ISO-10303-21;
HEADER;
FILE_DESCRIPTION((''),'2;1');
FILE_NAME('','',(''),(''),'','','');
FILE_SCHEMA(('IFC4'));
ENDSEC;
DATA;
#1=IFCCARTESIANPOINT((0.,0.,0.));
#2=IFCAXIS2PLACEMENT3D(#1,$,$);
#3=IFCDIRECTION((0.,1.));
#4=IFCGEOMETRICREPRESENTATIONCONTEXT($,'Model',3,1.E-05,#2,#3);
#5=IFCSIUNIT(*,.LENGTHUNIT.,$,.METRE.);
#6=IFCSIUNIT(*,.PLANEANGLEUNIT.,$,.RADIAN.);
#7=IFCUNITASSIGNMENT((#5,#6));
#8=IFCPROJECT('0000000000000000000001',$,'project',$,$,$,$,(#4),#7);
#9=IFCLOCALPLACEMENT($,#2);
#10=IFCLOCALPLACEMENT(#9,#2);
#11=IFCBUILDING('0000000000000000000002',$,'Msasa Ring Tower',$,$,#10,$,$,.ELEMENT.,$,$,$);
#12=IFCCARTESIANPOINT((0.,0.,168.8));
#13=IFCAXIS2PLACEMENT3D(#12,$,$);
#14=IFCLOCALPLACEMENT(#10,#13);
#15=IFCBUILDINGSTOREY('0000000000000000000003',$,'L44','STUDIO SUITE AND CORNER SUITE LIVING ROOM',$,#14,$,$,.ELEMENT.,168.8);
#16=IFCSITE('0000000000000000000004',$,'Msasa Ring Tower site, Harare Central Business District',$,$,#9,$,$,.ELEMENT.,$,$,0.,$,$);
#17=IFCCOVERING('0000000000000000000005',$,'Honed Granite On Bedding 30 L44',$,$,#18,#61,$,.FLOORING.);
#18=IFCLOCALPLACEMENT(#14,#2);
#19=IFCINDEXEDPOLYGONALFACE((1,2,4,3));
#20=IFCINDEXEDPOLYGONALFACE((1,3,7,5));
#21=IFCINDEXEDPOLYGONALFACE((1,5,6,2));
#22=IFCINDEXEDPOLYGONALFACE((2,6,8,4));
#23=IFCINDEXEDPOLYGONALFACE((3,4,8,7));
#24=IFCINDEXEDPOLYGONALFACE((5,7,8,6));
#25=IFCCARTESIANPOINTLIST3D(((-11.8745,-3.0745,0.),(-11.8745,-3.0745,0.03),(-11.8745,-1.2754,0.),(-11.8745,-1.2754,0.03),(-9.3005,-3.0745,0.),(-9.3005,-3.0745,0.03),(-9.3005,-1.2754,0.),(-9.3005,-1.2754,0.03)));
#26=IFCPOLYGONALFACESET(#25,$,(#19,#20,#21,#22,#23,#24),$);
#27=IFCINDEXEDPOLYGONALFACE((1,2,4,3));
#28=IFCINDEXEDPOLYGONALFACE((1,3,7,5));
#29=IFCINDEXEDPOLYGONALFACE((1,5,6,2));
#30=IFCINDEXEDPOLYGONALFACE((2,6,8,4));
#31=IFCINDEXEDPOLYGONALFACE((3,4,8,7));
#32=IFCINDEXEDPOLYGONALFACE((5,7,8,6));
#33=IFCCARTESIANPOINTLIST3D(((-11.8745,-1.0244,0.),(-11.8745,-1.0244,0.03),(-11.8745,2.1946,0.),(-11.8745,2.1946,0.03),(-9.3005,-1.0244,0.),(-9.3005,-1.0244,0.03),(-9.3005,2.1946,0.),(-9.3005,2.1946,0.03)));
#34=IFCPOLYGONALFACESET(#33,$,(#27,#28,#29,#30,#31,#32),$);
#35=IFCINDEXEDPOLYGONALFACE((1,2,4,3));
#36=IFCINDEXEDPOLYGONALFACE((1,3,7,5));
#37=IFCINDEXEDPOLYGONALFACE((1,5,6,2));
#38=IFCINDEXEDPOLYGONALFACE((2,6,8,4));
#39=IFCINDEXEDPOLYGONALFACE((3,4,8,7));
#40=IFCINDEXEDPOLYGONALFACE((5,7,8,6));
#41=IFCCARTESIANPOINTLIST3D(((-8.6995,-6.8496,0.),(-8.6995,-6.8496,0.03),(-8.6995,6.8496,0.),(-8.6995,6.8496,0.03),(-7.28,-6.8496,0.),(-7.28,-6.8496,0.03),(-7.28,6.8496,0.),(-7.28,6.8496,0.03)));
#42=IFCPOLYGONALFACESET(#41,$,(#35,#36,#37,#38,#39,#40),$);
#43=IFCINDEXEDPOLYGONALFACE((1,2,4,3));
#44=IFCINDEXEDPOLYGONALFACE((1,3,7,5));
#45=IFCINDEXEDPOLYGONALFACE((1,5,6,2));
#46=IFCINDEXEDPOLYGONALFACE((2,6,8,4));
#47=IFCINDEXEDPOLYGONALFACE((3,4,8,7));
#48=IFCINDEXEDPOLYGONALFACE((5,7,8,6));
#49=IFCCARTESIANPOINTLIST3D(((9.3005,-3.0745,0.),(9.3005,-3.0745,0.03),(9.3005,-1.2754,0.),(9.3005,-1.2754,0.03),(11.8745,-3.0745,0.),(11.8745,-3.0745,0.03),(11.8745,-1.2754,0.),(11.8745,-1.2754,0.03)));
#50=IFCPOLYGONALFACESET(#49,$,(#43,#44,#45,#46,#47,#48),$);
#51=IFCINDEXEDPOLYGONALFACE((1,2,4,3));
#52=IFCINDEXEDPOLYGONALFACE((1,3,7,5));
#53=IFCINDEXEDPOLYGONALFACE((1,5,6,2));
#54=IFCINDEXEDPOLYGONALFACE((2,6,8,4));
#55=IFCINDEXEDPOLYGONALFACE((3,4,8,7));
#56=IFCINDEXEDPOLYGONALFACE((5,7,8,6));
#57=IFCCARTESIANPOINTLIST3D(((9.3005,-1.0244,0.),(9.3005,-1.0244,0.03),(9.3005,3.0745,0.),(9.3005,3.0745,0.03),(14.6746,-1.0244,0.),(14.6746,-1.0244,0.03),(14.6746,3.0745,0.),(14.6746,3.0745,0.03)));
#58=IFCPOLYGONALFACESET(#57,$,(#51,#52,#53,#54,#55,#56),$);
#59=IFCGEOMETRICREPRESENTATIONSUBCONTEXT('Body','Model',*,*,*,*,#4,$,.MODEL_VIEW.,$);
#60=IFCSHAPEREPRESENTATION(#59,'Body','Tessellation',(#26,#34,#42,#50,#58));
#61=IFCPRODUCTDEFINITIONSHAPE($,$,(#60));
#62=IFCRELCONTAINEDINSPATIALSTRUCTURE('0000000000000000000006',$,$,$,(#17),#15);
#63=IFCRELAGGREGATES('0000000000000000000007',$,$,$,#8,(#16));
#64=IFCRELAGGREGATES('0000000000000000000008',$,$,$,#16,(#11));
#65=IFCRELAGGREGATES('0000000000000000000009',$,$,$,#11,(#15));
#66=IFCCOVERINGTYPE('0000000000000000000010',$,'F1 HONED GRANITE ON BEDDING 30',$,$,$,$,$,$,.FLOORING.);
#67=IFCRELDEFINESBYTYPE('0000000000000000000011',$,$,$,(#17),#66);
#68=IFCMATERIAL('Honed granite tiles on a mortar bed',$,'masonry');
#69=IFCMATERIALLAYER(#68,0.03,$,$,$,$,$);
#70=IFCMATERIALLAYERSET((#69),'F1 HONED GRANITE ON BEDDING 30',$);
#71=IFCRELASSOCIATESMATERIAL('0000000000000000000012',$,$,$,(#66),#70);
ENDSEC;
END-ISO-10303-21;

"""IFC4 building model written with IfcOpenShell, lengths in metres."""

from ifc_helpers import new_model, si_unit, direction, frame, origin, place, context, subcontext, project, spatial, line, indexed_curve, outline, extrude, material, layer, layer_set, type_object, element, save


model = new_model("IFC4")

# Units and contexts
model_context = context("Model", 3, precision=1e-05, world=origin(), true_north=direction((0.0, 1.0)))
body_context = subcontext(model_context, "Body", "Model", "MODEL_VIEW")
ifc_project = project(units=[si_unit("LENGTHUNIT", "METRE"), si_unit("PLANEANGLEUNIT", "RADIAN")], contexts=[model_context])

# Site, building, storey
site_placement = place(None, origin())
site = spatial("IfcSite", under=ifc_project, at=site_placement, Name="Msasa Ring Tower site, Harare Central Business District", CompositionType="ELEMENT", RefElevation=0.0)
building_placement = place(site_placement, origin())
building = spatial("IfcBuilding", under=site, at=building_placement, Name="Msasa Ring Tower", CompositionType="ELEMENT")
storey_placement = place(building_placement, frame((0.0, 0.0, 168.8)))
storey = spatial("IfcBuildingStorey", under=building, at=storey_placement, Name="L44", Description="STUDIO SUITE AND CORNER SUITE LIVING ROOM", CompositionType="ELEMENT", Elevation=168.8)

# Covering
ifc_material_1 = material(Name="Honed granite tiles on a mortar bed", Category="masonry")
ifc_layer_1 = layer(ifc_material_1, 0.03)
ifc_layer_set_1 = layer_set([ifc_layer_1], Name="F1 HONED GRANITE ON BEDDING 30")
covering_type_1 = type_object("IfcCoveringType", Name="F1 HONED GRANITE ON BEDDING 30", PredefinedType="FLOORING", material=ifc_layer_set_1)
covering_1_placement = place(storey_placement, origin())
element("IfcCovering", 1, at=covering_1_placement, inside=storey, type_object=covering_type_1, Name="Honed Granite On Bedding 30 L44", PredefinedType="FLOORING", context=body_context, shape_type="SweptSolid", body=[
    extrude(outline(indexed_curve([(-11.8745, -3.0745), (-11.8745, -1.2754), (-9.3005, -1.2754), (-9.3005, -3.0745)], segments=[line(1, 2, 3, 4, 1)], self_intersect=False)), origin(), (0.0, 0.0, 1.0), 0.03),
    extrude(outline(indexed_curve([(-11.8745, 2.1946), (-9.3005, 2.1946), (-9.3005, -1.0244), (-11.8745, -1.0244)], segments=[line(1, 2, 3, 4, 1)], self_intersect=False)), origin(), (0.0, 0.0, 1.0), 0.03),
    extrude(outline(indexed_curve([(-8.6995, -6.8496), (-8.6995, 6.8496), (-7.28, 6.8496), (-7.28, -6.8496)], segments=[line(1, 2, 3, 4, 1)], self_intersect=False)), origin(), (0.0, 0.0, 1.0), 0.03),
    extrude(outline(indexed_curve([(9.3005, -3.0745), (9.3005, -1.2754), (11.8745, -1.2754), (11.8745, -3.0745)], segments=[line(1, 2, 3, 4, 1)], self_intersect=False)), origin(), (0.0, 0.0, 1.0), 0.03),
    extrude(outline(indexed_curve([(9.3005, 3.0745), (14.6746, 3.0745), (14.6746, -1.0244), (9.3005, -1.0244)], segments=[line(1, 2, 3, 4, 1)], self_intersect=False)), origin(), (0.0, 0.0, 1.0), 0.03),
])

save(model, "model.ifc")
